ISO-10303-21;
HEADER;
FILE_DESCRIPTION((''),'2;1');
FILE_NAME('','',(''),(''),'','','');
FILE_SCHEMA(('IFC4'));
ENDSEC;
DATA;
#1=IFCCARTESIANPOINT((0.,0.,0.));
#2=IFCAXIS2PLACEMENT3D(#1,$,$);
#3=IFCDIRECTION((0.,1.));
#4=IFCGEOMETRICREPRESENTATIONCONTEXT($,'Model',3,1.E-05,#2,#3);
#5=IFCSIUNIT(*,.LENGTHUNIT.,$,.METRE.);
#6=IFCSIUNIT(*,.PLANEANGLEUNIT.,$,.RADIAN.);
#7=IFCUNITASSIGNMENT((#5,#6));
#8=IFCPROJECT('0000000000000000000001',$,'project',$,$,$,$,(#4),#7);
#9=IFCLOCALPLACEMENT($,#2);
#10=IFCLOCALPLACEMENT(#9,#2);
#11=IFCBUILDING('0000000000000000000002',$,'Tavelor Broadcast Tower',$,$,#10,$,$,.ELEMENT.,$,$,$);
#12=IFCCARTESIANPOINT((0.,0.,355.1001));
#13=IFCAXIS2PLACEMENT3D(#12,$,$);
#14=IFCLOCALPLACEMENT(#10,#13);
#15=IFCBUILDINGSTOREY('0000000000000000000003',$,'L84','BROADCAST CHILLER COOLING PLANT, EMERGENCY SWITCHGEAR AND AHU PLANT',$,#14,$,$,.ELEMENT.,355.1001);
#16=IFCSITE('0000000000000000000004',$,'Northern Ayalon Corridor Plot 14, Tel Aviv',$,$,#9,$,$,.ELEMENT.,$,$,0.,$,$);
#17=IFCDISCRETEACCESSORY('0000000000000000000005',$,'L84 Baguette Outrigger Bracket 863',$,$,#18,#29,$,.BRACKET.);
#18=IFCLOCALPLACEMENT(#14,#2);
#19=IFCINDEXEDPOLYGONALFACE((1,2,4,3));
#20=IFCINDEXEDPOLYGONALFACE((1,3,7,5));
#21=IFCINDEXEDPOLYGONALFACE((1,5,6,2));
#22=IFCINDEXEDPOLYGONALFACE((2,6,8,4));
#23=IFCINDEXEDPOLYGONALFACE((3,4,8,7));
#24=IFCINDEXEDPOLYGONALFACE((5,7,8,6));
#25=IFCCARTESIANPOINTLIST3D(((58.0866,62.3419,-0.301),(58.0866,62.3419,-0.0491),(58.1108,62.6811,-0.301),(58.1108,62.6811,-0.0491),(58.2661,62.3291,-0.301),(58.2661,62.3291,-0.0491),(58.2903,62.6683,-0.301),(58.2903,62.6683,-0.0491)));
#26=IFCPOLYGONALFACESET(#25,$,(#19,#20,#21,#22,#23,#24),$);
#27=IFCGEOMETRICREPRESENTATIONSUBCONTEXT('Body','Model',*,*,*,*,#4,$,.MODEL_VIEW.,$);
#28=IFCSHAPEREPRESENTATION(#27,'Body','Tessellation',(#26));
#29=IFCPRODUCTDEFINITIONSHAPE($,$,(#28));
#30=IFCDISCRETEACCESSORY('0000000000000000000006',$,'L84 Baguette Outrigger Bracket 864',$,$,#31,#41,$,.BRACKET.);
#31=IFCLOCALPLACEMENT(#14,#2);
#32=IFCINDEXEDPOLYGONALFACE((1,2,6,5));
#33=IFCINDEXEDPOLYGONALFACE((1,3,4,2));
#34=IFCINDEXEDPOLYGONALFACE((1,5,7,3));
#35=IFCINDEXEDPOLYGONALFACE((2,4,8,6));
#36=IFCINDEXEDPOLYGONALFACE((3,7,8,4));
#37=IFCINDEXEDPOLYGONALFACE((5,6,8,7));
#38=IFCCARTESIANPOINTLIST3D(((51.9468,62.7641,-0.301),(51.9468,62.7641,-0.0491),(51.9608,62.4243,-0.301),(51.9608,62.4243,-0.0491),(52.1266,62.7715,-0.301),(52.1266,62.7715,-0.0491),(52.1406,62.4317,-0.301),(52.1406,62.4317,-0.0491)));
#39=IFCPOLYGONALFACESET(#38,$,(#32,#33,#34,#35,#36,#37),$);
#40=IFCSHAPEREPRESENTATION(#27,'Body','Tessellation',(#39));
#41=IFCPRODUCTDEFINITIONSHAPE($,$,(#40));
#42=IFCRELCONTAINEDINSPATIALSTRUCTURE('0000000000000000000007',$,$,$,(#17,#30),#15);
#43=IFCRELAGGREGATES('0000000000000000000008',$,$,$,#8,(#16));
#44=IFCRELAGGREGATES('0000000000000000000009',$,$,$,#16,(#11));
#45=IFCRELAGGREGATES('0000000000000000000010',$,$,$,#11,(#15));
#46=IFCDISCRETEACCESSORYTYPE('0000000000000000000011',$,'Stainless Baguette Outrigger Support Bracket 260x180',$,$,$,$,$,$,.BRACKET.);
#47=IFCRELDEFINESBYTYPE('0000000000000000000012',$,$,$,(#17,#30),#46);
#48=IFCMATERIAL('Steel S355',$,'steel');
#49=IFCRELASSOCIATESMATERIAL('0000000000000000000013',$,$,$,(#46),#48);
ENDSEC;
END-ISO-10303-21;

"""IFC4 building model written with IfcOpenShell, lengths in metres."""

from ifc_helpers import new_model, si_unit, direction, frame, origin, origin_2d, place, context, subcontext, project, spatial, rectangle, extrude, source, transform, mapped, material, type_object, type_shapes, element, save


model = new_model("IFC4")

# Units and contexts
model_context = context("Model", 3, precision=1e-05, world=origin(), true_north=direction((0.0, 1.0)))
body_context = subcontext(model_context, "Body", "Model", "MODEL_VIEW")
ifc_project = project(units=[si_unit("LENGTHUNIT", "METRE"), si_unit("PLANEANGLEUNIT", "RADIAN")], contexts=[model_context])

# Site, building, storey
site_placement = place(None, origin())
site = spatial("IfcSite", under=ifc_project, at=site_placement, Name="Northern Ayalon Corridor Plot 14, Tel Aviv", CompositionType="ELEMENT", RefElevation=0.0)
building_placement = place(site_placement, origin())
building = spatial("IfcBuilding", under=site, at=building_placement, Name="Tavelor Broadcast Tower", CompositionType="ELEMENT")
storey_placement = place(building_placement, frame((0.0, 0.0, 355.1001)))
storey = spatial("IfcBuildingStorey", under=building, at=storey_placement, Name="L84", Description="BROADCAST CHILLER COOLING PLANT, EMERGENCY SWITCHGEAR AND AHU PLANT", CompositionType="ELEMENT", Elevation=355.1001)

# Discrete accessories
ifc_material_1 = material(Name="Steel S355", Category="steel")
discrete_accessory_type = type_object("IfcDiscreteAccessoryType", Name="Stainless Baguette Outrigger Support Bracket 260x180", PredefinedType="BRACKET", material=ifc_material_1)
shared_shape_1 = source(origin(), body_context, "Body", "SweptSolid", [
    extrude(rectangle(XDim=0.1799, YDim=0.3401, at=origin_2d()), origin(), (0.0, 0.0, 1.0), 0.252),
])
type_shapes(discrete_accessory_type, [shared_shape_1])
for number, where, z_axis, x_axis, name in (
    (1, (58.1885, 62.5051, -0.301), (0.0, 0.0, 1.0), (-0.997466, 0.071149, 0.0), "L84 Baguette Outrigger Bracket 863"),
    (2, (52.0437, 62.5979, -0.301), (0.0, 0.0, 1.0), (-0.999159, -0.041004, 0.0), "L84 Baguette Outrigger Bracket 864"),
):
    element("IfcDiscreteAccessory", number, at=place(storey_placement, frame(where, z_axis=z_axis, x_axis=x_axis)), inside=storey, type_object=discrete_accessory_type, Name=name, PredefinedType="BRACKET", context=body_context, shape_type="MappedRepresentation", body=[
        mapped(shared_shape_1, transform((0.0, 0.0, 0.0), scale=1.0)),
    ])

save(model, "model.ifc")
